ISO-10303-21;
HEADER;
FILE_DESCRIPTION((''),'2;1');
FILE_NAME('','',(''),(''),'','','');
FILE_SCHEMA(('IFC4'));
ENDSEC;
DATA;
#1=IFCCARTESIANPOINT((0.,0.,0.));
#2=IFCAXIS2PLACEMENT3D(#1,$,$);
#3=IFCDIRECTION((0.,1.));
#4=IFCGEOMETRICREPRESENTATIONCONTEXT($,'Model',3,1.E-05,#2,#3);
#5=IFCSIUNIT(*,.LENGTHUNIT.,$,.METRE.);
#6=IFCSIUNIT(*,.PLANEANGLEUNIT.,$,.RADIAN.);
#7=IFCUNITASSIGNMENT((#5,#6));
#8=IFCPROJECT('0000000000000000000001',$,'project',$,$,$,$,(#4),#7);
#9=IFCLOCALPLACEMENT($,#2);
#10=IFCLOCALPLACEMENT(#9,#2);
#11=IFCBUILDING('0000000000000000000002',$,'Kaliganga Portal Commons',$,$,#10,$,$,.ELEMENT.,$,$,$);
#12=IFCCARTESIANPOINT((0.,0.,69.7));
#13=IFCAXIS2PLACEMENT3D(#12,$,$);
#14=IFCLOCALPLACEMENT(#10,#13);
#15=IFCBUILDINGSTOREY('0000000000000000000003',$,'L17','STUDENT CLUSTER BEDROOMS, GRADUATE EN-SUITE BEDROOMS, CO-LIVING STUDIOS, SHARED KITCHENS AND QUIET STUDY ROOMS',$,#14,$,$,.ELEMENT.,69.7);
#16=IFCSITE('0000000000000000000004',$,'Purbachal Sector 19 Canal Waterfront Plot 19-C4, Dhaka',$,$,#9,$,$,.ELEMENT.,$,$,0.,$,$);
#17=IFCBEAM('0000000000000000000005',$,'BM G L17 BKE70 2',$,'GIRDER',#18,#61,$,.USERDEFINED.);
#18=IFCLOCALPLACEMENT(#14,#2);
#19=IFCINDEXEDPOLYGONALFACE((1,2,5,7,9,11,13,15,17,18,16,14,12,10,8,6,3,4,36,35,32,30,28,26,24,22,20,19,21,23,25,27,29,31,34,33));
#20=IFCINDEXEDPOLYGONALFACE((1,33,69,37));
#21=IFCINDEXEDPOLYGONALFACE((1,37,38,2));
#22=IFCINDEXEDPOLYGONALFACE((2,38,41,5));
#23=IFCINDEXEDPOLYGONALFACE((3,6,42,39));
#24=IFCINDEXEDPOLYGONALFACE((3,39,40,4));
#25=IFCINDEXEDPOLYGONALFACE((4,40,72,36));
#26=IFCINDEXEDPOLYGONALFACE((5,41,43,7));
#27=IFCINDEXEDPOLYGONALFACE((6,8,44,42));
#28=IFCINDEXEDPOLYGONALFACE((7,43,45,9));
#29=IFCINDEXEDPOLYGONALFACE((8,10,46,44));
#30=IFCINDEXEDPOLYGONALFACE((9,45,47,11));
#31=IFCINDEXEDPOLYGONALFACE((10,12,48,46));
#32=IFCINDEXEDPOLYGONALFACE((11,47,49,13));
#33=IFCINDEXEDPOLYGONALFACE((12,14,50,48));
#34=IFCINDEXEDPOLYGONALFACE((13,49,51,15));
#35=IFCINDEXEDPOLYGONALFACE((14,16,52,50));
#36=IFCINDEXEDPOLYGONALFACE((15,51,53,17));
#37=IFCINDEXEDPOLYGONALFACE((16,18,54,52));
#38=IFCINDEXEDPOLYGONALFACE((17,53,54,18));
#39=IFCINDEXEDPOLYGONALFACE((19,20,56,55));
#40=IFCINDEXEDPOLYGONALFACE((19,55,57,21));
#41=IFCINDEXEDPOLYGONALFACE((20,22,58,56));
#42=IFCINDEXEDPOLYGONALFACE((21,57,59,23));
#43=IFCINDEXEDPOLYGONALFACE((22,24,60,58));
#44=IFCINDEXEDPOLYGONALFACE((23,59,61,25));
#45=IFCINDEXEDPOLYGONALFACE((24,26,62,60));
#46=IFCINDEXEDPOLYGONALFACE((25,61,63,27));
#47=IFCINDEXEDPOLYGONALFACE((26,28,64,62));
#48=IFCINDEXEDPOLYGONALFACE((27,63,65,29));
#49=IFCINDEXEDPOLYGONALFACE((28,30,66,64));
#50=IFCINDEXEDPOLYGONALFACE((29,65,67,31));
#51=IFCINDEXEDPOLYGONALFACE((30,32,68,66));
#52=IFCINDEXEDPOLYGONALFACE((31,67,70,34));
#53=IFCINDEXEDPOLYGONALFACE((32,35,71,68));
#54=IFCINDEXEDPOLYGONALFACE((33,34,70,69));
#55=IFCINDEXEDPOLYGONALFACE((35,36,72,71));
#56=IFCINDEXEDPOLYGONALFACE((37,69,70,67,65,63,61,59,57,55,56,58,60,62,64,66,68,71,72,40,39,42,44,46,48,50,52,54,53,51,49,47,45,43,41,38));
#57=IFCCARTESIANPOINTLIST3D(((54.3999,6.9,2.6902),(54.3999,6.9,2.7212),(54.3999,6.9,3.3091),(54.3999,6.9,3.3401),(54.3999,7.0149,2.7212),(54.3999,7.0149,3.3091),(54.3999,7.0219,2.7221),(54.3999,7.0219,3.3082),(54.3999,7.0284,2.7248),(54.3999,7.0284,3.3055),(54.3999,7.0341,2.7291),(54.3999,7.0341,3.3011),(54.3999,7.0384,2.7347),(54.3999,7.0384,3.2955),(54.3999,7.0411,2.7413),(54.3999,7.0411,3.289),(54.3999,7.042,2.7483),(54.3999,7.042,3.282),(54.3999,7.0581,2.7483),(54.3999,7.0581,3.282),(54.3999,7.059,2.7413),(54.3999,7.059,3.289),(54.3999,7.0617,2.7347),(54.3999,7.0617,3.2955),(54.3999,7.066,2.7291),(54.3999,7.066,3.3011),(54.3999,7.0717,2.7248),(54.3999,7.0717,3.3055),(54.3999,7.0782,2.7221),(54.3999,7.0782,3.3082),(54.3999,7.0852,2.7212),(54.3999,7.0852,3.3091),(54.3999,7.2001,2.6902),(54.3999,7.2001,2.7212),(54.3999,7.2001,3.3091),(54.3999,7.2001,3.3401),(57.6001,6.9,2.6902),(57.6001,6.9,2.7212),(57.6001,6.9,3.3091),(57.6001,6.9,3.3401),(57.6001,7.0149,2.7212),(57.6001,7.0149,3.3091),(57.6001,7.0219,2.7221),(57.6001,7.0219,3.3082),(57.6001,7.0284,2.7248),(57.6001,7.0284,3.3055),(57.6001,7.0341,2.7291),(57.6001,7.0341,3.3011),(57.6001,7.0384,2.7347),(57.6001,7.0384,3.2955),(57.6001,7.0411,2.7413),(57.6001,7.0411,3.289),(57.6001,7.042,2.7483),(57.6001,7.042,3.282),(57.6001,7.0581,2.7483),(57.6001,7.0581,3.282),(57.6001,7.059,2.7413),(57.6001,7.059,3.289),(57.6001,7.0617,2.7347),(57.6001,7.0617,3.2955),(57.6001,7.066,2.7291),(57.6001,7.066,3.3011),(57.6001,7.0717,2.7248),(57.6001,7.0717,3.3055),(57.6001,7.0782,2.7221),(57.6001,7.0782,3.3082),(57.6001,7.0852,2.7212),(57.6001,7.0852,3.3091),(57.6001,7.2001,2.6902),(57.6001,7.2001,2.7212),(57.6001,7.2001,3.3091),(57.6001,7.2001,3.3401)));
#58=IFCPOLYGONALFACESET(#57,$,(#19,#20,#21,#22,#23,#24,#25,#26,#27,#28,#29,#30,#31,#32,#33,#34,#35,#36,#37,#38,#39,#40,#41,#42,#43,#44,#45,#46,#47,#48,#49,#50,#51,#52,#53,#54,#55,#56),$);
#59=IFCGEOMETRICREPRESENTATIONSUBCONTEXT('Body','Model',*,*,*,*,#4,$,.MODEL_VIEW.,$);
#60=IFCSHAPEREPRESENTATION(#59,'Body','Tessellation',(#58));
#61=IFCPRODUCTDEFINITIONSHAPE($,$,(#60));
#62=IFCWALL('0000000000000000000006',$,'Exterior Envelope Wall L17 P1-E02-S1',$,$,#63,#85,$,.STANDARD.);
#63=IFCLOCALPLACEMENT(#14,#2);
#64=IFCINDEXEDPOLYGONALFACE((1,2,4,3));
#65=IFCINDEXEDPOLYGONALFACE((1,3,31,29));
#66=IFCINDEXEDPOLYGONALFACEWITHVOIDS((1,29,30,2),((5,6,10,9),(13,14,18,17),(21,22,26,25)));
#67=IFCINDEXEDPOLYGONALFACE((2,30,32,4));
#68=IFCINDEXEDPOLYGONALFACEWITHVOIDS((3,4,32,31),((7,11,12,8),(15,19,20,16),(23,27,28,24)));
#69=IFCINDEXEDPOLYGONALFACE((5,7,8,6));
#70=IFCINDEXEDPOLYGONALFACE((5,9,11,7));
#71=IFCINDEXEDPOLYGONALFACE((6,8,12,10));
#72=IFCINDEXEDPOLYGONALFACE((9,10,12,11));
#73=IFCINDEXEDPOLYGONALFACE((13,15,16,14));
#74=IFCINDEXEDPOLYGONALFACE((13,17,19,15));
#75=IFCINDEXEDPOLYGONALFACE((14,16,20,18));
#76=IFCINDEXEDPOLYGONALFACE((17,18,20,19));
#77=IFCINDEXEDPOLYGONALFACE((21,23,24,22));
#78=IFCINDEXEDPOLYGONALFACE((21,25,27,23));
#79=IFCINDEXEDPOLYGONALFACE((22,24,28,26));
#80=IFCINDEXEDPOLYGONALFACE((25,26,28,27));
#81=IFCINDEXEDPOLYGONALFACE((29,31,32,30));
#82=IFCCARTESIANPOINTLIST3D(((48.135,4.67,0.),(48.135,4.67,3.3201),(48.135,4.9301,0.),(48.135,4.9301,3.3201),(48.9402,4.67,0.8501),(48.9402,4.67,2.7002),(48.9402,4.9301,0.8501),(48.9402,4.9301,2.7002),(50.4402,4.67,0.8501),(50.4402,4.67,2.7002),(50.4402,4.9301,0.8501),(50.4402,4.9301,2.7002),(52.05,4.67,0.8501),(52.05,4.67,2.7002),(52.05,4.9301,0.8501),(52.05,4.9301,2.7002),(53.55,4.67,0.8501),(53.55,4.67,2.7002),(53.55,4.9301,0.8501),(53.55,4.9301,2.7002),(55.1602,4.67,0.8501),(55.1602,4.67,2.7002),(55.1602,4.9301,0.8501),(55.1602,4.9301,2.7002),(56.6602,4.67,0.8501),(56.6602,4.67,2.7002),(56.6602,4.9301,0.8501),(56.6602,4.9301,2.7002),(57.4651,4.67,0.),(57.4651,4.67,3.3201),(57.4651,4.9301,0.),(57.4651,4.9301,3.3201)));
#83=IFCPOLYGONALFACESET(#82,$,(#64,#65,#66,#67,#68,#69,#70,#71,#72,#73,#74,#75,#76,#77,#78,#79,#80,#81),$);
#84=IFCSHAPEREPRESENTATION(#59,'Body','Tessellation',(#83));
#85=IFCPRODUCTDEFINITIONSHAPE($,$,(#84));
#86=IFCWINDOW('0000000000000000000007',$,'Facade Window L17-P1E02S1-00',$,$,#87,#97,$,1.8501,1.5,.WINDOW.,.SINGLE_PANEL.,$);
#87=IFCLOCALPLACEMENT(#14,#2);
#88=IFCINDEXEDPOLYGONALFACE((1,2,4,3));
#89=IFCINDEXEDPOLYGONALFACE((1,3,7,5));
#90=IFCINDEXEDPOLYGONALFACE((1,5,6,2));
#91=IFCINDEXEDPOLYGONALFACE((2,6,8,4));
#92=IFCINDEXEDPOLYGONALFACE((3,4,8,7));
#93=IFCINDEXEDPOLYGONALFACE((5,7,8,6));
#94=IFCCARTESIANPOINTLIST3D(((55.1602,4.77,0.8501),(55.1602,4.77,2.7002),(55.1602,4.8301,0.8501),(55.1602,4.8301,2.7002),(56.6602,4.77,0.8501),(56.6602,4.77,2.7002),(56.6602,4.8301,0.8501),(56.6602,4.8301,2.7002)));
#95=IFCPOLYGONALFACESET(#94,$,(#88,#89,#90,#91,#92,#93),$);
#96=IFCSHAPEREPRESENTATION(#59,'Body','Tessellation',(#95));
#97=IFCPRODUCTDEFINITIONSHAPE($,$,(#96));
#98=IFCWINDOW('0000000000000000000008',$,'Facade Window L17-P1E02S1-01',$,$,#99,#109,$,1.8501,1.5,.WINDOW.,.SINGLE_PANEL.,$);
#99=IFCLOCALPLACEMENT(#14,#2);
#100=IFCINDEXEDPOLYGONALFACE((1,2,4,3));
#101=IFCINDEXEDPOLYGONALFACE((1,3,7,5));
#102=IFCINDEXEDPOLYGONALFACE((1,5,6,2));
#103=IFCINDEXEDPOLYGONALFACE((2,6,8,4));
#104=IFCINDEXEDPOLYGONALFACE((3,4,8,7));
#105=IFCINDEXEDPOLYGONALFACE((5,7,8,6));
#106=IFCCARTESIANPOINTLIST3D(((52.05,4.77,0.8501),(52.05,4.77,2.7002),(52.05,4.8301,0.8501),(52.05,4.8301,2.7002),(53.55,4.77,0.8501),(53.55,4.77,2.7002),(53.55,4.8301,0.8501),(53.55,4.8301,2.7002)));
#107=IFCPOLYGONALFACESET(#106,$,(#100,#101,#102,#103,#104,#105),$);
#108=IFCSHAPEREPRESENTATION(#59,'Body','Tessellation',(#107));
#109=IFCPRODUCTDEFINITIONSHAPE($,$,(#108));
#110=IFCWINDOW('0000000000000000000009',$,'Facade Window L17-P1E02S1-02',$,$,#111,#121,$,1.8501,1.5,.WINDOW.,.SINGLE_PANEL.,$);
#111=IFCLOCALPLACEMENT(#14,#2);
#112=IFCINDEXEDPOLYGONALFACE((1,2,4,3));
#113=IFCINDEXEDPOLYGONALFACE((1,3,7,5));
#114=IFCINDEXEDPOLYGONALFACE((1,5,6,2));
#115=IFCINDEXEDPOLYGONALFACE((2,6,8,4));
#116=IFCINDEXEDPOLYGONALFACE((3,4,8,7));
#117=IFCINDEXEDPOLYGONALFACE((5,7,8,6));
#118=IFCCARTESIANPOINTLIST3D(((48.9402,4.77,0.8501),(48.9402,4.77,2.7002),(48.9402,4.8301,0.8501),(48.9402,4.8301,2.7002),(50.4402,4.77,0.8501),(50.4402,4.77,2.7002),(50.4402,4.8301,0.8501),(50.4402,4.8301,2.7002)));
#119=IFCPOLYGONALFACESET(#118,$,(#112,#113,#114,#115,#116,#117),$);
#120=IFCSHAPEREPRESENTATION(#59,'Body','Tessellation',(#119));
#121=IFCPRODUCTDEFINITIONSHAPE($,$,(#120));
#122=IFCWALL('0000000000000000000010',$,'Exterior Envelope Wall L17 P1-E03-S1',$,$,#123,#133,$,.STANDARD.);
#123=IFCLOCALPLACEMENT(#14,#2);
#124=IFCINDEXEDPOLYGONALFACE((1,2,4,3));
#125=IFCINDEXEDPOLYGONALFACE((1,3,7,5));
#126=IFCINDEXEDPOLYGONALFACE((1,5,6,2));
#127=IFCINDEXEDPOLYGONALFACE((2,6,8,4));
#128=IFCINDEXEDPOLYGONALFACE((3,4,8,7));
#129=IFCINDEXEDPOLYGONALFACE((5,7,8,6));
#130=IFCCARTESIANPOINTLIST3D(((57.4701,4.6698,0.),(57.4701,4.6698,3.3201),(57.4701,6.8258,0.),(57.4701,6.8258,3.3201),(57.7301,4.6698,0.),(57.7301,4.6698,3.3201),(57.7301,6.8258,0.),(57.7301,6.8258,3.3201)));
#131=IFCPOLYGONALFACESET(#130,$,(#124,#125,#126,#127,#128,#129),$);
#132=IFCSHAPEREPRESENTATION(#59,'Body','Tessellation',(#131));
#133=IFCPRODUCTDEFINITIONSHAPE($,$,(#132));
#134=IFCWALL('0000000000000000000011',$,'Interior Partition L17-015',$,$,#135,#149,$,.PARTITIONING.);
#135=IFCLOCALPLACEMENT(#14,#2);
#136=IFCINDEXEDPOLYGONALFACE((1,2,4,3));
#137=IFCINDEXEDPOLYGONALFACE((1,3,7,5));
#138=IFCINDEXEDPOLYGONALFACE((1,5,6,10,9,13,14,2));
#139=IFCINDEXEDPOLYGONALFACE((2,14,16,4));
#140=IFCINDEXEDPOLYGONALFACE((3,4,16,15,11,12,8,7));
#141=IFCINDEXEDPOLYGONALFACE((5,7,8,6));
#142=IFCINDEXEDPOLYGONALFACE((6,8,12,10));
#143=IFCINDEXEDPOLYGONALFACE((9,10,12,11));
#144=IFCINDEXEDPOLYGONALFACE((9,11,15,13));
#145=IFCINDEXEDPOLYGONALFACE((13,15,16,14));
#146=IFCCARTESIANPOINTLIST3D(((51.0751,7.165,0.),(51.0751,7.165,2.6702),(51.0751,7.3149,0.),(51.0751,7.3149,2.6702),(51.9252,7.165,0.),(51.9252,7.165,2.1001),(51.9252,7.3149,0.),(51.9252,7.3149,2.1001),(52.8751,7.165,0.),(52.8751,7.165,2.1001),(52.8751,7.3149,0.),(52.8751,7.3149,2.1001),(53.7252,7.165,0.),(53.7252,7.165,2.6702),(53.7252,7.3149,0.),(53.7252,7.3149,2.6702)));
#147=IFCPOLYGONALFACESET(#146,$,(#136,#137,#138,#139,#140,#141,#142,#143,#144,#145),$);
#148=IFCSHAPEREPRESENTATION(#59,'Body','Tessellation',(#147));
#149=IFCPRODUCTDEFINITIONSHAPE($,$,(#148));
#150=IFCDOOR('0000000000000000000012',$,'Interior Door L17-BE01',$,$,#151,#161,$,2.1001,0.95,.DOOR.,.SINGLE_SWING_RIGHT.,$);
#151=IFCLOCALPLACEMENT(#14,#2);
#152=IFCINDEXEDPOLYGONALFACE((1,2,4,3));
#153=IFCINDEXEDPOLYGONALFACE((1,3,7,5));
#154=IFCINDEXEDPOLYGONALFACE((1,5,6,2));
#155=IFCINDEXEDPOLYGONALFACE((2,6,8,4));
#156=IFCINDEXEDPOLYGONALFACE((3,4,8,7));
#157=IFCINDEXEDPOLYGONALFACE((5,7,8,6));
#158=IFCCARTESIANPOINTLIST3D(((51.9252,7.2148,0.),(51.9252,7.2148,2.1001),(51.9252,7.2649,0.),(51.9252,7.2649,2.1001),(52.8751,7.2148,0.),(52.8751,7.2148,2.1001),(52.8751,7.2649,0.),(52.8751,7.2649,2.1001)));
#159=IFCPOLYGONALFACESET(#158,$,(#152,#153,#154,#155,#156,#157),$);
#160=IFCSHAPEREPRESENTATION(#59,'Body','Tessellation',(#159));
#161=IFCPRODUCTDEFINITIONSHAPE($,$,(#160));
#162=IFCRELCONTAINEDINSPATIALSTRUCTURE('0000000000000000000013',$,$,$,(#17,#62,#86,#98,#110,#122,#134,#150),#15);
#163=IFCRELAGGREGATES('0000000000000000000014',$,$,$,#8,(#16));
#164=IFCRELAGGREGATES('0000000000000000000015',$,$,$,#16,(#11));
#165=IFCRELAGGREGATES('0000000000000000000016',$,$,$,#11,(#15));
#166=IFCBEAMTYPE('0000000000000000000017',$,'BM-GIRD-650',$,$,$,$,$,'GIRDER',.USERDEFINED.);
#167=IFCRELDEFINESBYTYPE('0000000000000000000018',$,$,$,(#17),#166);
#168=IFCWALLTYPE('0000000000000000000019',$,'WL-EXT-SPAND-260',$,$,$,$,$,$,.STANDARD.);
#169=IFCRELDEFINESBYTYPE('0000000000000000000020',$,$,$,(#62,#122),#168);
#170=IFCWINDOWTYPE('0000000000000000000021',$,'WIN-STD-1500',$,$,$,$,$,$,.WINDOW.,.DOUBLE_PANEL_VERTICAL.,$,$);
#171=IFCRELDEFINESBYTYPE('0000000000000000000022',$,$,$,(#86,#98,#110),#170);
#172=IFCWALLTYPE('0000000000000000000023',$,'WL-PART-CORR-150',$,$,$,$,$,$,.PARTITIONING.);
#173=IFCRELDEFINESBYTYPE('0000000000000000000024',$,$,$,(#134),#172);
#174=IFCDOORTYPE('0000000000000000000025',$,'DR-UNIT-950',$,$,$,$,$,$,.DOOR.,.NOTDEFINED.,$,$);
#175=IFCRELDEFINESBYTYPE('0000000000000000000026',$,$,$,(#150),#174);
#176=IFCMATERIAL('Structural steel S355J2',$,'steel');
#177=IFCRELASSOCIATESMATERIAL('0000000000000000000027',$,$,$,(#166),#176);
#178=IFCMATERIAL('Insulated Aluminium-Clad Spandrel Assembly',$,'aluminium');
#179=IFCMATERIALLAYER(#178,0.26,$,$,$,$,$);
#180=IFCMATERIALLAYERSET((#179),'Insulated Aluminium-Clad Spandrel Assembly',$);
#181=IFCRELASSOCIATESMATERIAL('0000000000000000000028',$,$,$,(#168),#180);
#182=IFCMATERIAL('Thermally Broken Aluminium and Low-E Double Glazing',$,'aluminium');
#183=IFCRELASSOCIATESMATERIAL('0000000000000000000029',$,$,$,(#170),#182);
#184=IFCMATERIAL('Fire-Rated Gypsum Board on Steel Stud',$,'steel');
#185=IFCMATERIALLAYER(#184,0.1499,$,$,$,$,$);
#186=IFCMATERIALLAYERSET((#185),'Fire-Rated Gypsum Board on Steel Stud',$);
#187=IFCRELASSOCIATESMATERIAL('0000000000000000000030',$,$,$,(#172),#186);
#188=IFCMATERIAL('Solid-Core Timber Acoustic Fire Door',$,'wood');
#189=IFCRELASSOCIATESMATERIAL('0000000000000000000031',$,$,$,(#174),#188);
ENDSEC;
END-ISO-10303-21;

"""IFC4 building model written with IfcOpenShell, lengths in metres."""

from ifc_helpers import new_model, si_unit, direction, frame, frame_2d, origin, origin_2d, place, context, subcontext, project, spatial, rectangle, i_section, extrude, source, transform, mapped, material, layer, layer_set, material_profile, profile_set, type_object, element, fill, save


model = new_model("IFC4")

# Units and contexts
model_context = context("Model", 3, precision=1e-05, world=origin(), true_north=direction((0.0, 1.0)))
body_context = subcontext(model_context, "Body", "Model", "MODEL_VIEW")
ifc_project = project(units=[si_unit("LENGTHUNIT", "METRE"), si_unit("PLANEANGLEUNIT", "RADIAN")], contexts=[model_context])

# Site, building, storey
site_placement = place(None, origin())
site = spatial("IfcSite", under=ifc_project, at=site_placement, Name="Purbachal Sector 19 Canal Waterfront Plot 19-C4, Dhaka", CompositionType="ELEMENT", RefElevation=0.0)
building_placement = place(site_placement, origin())
building = spatial("IfcBuilding", under=site, at=building_placement, Name="Kaliganga Portal Commons", CompositionType="ELEMENT")
storey_placement = place(building_placement, frame((0.0, 0.0, 69.7)))
storey = spatial("IfcBuildingStorey", under=building, at=storey_placement, Name="L17", Description="STUDENT CLUSTER BEDROOMS, GRADUATE EN-SUITE BEDROOMS, CO-LIVING STUDIOS, SHARED KITCHENS AND QUIET STUDY ROOMS", CompositionType="ELEMENT", Elevation=69.7)

# Beam
ifc_material_1 = material(Name="Structural steel S355J2", Category="steel")
ifc_material_profile_1 = material_profile(ifc_material_1, i_section(OverallWidth=0.3, OverallDepth=0.6499, WebThickness=0.0161, FlangeThickness=0.031, FilletRadius=0.0271, at=origin_2d()), Name="HE 650 B")
ifc_profile_set_1 = profile_set([ifc_material_profile_1], Name="Structural steel S355J2 wide-flange")
beam_type_1 = type_object("IfcBeamType", Name="BM-GIRD-650", ElementType="GIRDER", PredefinedType="USERDEFINED", material=ifc_profile_set_1)
shared_shape_1 = source(origin(), body_context, "Body", "SweptSolid", [
    extrude(i_section(OverallWidth=0.3, OverallDepth=0.6499, WebThickness=0.0161, FlangeThickness=0.031, FilletRadius=0.0271, at=origin_2d()), origin(), (0.0, 0.0, 1.0), 3.2002),
])
beam_1_placement = place(storey_placement, frame((54.3999, 7.05, 3.0151), z_axis=(1.0, 0.0, 0.0), x_axis=(0.0, 1.0, 0.0)))
element("IfcBeam", 1, at=beam_1_placement, inside=storey, type_object=beam_type_1, Name="BM G L17 BKE70 2", ObjectType="GIRDER", PredefinedType="USERDEFINED", context=body_context, shape_type="MappedRepresentation", body=[
    mapped(shared_shape_1, transform((0.0, 0.0, 0.0), x_axis=(1.0, 0.0, 0.0), y_axis=(0.0, 1.0, 0.0), z_axis=(0.0, 0.0, 1.0), scale=1.0)),
])

# Wall, openings, windows
ifc_material_2 = material(Name="Insulated Aluminium-Clad Spandrel Assembly", Category="aluminium")
ifc_layer_1 = layer(ifc_material_2, 0.26)
ifc_layer_set_1 = layer_set([ifc_layer_1], Name="Insulated Aluminium-Clad Spandrel Assembly")
wall_type_1 = type_object("IfcWallType", Name="WL-EXT-SPAND-260", PredefinedType="STANDARD", material=ifc_layer_set_1)
wall_1_placement = place(storey_placement, frame((57.4651, 4.8, 0.0), z_axis=(0.0, 0.0, 1.0), x_axis=(-1.0, 0.0, 0.0)))
wall_1 = element("IfcWall", 2, at=wall_1_placement, inside=storey, type_object=wall_type_1, Name="Exterior Envelope Wall L17 P1-E02-S1", PredefinedType="STANDARD", context=body_context, shape_type="SweptSolid", body=[
    extrude(rectangle(XDim=9.3301, YDim=0.26, at=frame_2d((4.665, 0.0))), origin(), (0.0, 0.0, 1.0), 3.3201),
])
opening_1_placement = place(wall_1_placement, frame((0.8049, 0.0, 0.8501)))
opening_1 = element("IfcOpeningElement", 3, at=opening_1_placement, cuts=wall_1, PredefinedType="OPENING", context=body_context, shape_type="SweptSolid", body=[
    extrude(rectangle(XDim=1.5, YDim=1.8501, at=frame_2d((0.75, 0.925))), frame((0.0, 0.1401, 0.0), z_axis=(0.0, -1.0, 0.0), x_axis=(1.0, 0.0, 0.0)), (0.0, 0.0, 1.0), 0.28),
])
opening_2_placement = place(wall_1_placement, frame((3.915, 0.0, 0.8501)))
opening_2 = element("IfcOpeningElement", 4, at=opening_2_placement, cuts=wall_1, PredefinedType="OPENING", context=body_context, shape_type="SweptSolid", body=[
    extrude(rectangle(XDim=1.5, YDim=1.8501, at=frame_2d((0.75, 0.925))), frame((0.0, 0.1401, 0.0), z_axis=(0.0, -1.0, 0.0), x_axis=(1.0, 0.0, 0.0)), (0.0, 0.0, 1.0), 0.28),
])
opening_3_placement = place(wall_1_placement, frame((7.0249, 0.0, 0.8501)))
opening_3 = element("IfcOpeningElement", 5, at=opening_3_placement, cuts=wall_1, PredefinedType="OPENING", context=body_context, shape_type="SweptSolid", body=[
    extrude(rectangle(XDim=1.5, YDim=1.8501, at=frame_2d((0.75, 0.925))), frame((0.0, 0.1401, 0.0), z_axis=(0.0, -1.0, 0.0), x_axis=(1.0, 0.0, 0.0)), (0.0, 0.0, 1.0), 0.28),
])
ifc_material_3 = material(Name="Thermally Broken Aluminium and Low-E Double Glazing", Category="aluminium")
window_type = type_object("IfcWindowType", Name="WIN-STD-1500", PartitioningType="DOUBLE_PANEL_VERTICAL", PredefinedType="WINDOW", material=ifc_material_3)
window_1_placement = place(opening_1_placement, origin())
window_1 = element("IfcWindow", 6, at=window_1_placement, inside=storey, type_object=window_type, Name="Facade Window L17-P1E02S1-00", OverallHeight=1.8501, OverallWidth=1.5, PartitioningType="SINGLE_PANEL", PredefinedType="WINDOW", context=body_context, shape_type="SweptSolid", body=[
    extrude(rectangle(XDim=1.5, YDim=1.8501, at=frame_2d((0.75, 0.925))), frame((0.0, 0.03, 0.0), z_axis=(0.0, -1.0, 0.0), x_axis=(1.0, 0.0, 0.0)), (0.0, 0.0, 1.0), 0.0601),
])
fill(opening_1, window_1)
window_2_placement = place(opening_2_placement, origin())
window_2 = element("IfcWindow", 7, at=window_2_placement, inside=storey, type_object=window_type, Name="Facade Window L17-P1E02S1-01", OverallHeight=1.8501, OverallWidth=1.5, PartitioningType="SINGLE_PANEL", PredefinedType="WINDOW", context=body_context, shape_type="SweptSolid", body=[
    extrude(rectangle(XDim=1.5, YDim=1.8501, at=frame_2d((0.75, 0.925))), frame((0.0, 0.03, 0.0), z_axis=(0.0, -1.0, 0.0), x_axis=(1.0, 0.0, 0.0)), (0.0, 0.0, 1.0), 0.0601),
])
fill(opening_2, window_2)
window_3_placement = place(opening_3_placement, origin())
window_3 = element("IfcWindow", 8, at=window_3_placement, inside=storey, type_object=window_type, Name="Facade Window L17-P1E02S1-02", OverallHeight=1.8501, OverallWidth=1.5, PartitioningType="SINGLE_PANEL", PredefinedType="WINDOW", context=body_context, shape_type="SweptSolid", body=[
    extrude(rectangle(XDim=1.5, YDim=1.8501, at=frame_2d((0.75, 0.925))), frame((0.0, 0.03, 0.0), z_axis=(0.0, -1.0, 0.0), x_axis=(1.0, 0.0, 0.0)), (0.0, 0.0, 1.0), 0.0601),
])
fill(opening_3, window_3)

# Wall
wall_2_placement = place(storey_placement, frame((57.6001, 6.8259, 0.0), z_axis=(0.0, 0.0, 1.0), x_axis=(0.0, -1.0, 0.0)))
element("IfcWall", 9, at=wall_2_placement, inside=storey, type_object=wall_type_1, Name="Exterior Envelope Wall L17 P1-E03-S1", PredefinedType="STANDARD", context=body_context, shape_type="SweptSolid", body=[
    extrude(rectangle(XDim=2.156, YDim=0.26, at=frame_2d((1.0781, 0.0))), origin(), (0.0, 0.0, 1.0), 3.3201),
])

# Wall, opening, door
ifc_material_4 = material(Name="Fire-Rated Gypsum Board on Steel Stud", Category="steel")
ifc_layer_2 = layer(ifc_material_4, 0.1499)
ifc_layer_set_2 = layer_set([ifc_layer_2], Name="Fire-Rated Gypsum Board on Steel Stud")
wall_type_2 = type_object("IfcWallType", Name="WL-PART-CORR-150", PredefinedType="PARTITIONING", material=ifc_layer_set_2)
wall_3_placement = place(storey_placement, frame((51.075, 7.24, 0.0), z_axis=(0.0, 0.0, 1.0), x_axis=(1.0, 0.0, 0.0)))
wall_3 = element("IfcWall", 10, at=wall_3_placement, inside=storey, type_object=wall_type_2, Name="Interior Partition L17-015", PredefinedType="PARTITIONING", context=body_context, shape_type="SweptSolid", body=[
    extrude(rectangle(XDim=2.6501, YDim=0.1499, at=frame_2d((1.3252, 0.0))), origin(), (0.0, 0.0, 1.0), 2.6702),
])
opening_4_placement = place(wall_3_placement, frame((0.8501, 0.0, 0.0)))
opening_4 = element("IfcOpeningElement", 11, at=opening_4_placement, cuts=wall_3, PredefinedType="OPENING", context=body_context, shape_type="SweptSolid", body=[
    extrude(rectangle(XDim=0.95, YDim=2.1001, at=frame_2d((0.4751, 1.05))), frame((0.0, 0.085, 0.0), z_axis=(0.0, -1.0, 0.0), x_axis=(1.0, 0.0, 0.0)), (0.0, 0.0, 1.0), 0.1699),
])
ifc_material_5 = material(Name="Solid-Core Timber Acoustic Fire Door", Category="wood")
door_type = type_object("IfcDoorType", Name="DR-UNIT-950", OperationType="NOTDEFINED", PredefinedType="DOOR", material=ifc_material_5)
door_placement = place(opening_4_placement, origin())
door = element("IfcDoor", 12, at=door_placement, inside=storey, type_object=door_type, Name="Interior Door L17-BE01", OperationType="SINGLE_SWING_RIGHT", OverallHeight=2.1001, OverallWidth=0.95, PredefinedType="DOOR", context=body_context, shape_type="SweptSolid", body=[
    extrude(rectangle(XDim=0.95, YDim=2.1001, at=frame_2d((0.4751, 1.05))), frame((0.0, 0.0249, 0.0), z_axis=(0.0, -1.0, 0.0), x_axis=(1.0, 0.0, 0.0)), (0.0, 0.0, 1.0), 0.05),
])
fill(opening_4, door)

save(model, "model.ifc")
